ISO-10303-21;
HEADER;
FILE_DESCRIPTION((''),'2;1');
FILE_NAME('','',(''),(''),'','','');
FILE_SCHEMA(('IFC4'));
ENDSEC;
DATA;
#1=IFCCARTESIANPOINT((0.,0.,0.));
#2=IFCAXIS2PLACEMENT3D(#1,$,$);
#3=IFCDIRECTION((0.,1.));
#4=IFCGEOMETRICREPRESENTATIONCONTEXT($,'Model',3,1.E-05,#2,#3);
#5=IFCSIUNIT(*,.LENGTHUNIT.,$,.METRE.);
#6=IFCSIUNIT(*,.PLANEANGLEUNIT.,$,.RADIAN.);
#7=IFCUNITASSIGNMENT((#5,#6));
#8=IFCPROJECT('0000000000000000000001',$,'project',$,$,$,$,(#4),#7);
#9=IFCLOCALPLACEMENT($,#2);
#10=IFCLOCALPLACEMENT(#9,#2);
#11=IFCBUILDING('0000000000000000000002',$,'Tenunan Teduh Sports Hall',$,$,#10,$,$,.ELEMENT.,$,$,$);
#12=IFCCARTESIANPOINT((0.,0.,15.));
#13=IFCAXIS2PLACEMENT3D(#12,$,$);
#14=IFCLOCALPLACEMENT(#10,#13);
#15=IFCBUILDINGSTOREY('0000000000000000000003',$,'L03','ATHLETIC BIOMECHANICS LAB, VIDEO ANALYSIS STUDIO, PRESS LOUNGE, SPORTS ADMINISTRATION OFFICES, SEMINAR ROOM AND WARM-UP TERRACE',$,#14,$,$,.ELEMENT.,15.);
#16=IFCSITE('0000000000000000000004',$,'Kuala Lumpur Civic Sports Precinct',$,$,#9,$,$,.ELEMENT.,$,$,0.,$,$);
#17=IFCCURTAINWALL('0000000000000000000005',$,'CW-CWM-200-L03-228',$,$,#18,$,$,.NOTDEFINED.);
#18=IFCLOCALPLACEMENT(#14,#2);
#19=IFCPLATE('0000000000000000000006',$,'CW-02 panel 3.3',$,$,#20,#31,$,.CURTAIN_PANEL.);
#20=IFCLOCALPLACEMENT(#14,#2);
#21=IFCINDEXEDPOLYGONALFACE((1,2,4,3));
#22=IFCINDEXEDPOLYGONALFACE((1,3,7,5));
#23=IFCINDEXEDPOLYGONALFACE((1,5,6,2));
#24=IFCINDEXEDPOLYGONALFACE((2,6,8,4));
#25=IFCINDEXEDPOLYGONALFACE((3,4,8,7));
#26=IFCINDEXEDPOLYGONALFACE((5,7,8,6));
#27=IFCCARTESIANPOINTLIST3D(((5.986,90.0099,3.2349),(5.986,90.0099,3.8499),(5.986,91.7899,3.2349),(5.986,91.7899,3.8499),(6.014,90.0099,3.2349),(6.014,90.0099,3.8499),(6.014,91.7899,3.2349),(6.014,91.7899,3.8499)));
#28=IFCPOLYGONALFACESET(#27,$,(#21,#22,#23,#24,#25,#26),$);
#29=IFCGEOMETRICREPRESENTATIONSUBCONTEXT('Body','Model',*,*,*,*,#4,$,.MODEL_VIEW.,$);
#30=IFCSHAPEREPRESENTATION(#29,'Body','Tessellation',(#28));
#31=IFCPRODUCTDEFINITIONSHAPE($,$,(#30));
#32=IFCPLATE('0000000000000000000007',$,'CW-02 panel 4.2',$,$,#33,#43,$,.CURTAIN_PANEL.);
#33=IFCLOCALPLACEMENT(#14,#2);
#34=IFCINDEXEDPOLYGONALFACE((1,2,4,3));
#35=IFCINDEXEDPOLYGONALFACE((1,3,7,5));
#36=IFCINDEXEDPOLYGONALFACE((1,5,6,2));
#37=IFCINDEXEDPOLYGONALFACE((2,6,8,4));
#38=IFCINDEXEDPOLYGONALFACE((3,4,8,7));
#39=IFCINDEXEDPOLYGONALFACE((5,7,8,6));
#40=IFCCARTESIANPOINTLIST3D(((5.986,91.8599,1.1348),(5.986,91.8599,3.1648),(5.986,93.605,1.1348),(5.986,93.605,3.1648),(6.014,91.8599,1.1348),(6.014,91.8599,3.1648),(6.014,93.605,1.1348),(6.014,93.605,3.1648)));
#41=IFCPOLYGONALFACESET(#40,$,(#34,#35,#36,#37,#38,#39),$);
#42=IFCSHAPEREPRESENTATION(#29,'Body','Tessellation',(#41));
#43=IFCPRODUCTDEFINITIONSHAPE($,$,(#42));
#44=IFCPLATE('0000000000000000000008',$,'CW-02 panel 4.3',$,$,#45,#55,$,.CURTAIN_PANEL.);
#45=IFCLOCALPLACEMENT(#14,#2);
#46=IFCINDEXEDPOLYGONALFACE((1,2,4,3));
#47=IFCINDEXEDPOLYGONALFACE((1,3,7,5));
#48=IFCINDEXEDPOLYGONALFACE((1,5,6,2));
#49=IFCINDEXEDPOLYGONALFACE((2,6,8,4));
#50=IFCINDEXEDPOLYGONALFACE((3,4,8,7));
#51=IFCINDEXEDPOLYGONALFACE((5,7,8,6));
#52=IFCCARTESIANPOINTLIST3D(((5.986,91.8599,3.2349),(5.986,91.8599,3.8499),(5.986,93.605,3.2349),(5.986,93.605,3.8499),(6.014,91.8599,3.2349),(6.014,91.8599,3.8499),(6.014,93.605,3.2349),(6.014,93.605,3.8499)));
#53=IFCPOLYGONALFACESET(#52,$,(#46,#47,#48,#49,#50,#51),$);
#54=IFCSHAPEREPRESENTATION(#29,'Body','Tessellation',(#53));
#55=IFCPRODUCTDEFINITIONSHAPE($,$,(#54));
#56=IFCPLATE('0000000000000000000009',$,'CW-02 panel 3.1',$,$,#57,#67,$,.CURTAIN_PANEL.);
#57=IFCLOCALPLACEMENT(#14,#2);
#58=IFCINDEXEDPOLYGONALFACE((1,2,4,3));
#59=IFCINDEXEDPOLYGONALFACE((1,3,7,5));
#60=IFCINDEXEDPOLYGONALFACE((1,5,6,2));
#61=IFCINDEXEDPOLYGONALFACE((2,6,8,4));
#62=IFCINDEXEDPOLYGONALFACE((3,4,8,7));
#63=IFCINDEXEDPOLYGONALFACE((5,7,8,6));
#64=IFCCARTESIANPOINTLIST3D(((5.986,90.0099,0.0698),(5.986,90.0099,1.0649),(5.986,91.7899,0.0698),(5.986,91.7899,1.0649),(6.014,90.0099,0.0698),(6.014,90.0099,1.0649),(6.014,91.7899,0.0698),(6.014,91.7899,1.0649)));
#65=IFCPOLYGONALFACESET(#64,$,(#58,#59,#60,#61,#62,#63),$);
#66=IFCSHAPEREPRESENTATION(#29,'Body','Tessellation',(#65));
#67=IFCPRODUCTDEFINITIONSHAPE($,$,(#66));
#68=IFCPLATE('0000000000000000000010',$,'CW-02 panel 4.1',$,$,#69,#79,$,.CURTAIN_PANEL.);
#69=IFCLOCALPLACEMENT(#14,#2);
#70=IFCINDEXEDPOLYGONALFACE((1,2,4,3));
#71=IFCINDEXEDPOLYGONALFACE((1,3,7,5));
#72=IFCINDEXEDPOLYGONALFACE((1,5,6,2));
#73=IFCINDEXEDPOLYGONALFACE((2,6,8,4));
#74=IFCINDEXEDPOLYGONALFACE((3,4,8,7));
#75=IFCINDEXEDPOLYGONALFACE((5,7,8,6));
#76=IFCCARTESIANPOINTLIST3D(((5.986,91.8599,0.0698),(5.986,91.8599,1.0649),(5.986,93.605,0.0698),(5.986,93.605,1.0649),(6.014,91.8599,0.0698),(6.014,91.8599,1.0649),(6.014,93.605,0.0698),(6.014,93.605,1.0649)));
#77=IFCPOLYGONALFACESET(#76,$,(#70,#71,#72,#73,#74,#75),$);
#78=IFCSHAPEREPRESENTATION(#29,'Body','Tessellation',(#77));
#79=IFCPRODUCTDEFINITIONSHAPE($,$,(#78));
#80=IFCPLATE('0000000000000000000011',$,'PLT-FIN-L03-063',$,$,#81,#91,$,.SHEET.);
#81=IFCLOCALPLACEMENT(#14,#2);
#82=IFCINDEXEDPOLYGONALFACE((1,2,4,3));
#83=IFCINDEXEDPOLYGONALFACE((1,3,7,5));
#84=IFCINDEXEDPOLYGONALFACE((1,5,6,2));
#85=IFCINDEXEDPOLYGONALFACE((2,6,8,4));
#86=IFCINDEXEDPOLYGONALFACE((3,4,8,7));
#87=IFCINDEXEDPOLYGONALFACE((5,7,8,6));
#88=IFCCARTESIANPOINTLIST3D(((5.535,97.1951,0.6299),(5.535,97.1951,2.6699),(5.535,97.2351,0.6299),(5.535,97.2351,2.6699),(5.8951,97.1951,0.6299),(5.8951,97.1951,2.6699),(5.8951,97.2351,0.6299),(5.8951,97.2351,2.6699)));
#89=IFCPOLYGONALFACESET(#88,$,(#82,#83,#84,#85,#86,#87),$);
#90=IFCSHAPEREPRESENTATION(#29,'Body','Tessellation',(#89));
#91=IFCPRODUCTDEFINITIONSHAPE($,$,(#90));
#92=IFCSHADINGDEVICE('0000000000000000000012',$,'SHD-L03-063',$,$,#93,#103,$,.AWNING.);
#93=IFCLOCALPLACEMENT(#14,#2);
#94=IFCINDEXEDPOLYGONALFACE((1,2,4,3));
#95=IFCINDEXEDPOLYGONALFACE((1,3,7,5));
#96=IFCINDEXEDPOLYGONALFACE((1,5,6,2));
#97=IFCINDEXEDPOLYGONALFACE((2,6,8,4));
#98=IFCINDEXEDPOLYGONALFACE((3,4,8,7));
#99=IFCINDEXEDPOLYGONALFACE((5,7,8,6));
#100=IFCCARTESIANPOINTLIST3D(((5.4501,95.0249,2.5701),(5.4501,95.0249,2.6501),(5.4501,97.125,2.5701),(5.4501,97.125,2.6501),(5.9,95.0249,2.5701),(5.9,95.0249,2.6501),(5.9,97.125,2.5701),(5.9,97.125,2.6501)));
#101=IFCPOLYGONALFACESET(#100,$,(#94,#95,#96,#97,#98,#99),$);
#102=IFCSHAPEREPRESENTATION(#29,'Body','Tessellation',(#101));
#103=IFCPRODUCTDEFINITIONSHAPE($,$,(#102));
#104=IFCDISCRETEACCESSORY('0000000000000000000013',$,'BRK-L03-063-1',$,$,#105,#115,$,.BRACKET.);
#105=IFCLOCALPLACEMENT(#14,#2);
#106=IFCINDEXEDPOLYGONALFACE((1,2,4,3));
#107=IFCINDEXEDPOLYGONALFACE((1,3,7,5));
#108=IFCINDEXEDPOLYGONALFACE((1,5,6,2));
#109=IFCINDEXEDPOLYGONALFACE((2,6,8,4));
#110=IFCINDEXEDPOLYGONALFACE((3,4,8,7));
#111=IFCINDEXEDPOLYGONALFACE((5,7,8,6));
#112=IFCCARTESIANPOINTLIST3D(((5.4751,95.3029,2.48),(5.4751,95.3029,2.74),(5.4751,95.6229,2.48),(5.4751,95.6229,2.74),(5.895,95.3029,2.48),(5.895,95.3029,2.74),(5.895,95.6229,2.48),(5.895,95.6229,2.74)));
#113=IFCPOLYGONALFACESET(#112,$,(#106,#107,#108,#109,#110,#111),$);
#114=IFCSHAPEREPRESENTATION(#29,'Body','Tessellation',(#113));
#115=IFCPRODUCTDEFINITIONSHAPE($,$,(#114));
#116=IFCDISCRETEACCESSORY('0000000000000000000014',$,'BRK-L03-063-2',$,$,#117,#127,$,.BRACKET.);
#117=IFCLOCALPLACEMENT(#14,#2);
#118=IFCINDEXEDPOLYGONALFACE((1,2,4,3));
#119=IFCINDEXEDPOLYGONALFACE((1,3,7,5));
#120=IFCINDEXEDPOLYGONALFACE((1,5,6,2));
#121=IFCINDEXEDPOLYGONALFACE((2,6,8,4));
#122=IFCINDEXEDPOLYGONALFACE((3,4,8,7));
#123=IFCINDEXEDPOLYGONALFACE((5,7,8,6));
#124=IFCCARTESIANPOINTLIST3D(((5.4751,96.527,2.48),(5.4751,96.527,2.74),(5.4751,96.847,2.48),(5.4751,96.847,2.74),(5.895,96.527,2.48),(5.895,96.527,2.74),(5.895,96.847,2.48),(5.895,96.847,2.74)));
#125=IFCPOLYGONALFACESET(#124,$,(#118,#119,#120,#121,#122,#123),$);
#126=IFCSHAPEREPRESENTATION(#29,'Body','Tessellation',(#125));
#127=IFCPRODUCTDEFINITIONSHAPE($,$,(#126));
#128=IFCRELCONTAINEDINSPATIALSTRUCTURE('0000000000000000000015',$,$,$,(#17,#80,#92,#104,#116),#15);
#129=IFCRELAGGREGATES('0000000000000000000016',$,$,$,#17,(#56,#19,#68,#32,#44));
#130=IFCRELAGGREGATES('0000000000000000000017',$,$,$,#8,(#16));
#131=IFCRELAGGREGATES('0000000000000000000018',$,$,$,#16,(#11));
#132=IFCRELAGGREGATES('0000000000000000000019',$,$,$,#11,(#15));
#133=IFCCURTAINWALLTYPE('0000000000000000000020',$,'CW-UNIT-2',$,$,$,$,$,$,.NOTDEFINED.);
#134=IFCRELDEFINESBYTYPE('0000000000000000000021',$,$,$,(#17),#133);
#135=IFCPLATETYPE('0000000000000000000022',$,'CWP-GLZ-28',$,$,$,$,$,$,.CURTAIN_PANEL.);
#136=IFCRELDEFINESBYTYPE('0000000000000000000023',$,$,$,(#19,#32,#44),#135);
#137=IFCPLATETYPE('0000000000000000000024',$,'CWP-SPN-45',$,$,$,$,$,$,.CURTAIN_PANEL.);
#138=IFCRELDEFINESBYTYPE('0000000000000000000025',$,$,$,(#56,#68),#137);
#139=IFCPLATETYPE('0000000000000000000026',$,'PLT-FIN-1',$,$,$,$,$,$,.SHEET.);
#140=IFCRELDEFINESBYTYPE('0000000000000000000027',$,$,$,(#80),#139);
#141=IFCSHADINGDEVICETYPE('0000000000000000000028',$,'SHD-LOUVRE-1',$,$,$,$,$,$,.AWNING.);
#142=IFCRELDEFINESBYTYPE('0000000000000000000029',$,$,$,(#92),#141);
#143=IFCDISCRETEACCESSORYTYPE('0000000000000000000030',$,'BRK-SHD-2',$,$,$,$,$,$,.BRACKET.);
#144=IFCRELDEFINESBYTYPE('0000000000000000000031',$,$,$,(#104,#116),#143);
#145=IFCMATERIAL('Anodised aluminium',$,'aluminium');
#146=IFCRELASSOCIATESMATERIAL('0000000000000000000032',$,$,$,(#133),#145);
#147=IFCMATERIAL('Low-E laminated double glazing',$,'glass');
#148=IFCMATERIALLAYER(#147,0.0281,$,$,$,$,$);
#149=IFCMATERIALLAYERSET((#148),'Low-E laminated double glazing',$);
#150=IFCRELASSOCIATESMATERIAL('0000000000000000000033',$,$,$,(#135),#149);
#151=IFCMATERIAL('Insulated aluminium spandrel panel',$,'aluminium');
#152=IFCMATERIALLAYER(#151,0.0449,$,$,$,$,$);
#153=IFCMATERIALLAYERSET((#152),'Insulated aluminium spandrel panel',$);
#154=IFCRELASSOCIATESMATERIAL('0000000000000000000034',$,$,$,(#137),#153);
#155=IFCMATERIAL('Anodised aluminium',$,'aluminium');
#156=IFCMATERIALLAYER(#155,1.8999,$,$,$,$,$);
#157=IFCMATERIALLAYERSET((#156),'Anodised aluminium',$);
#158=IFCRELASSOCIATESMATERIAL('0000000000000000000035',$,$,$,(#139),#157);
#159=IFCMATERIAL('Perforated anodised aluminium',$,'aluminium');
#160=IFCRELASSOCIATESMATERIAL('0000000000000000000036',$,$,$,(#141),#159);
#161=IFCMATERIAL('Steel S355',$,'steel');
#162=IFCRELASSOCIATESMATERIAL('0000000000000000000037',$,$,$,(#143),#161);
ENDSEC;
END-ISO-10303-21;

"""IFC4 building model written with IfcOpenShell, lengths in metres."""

from ifc_helpers import new_model, si_unit, direction, frame, origin, origin_2d, place, context, subcontext, project, spatial, rectangle, extrude, material, layer, layer_set, type_object, element, aggregate, save


model = new_model("IFC4")

# Units and contexts
model_context = context("Model", 3, precision=1e-05, world=origin(), true_north=direction((0.0, 1.0)))
body_context = subcontext(model_context, "Body", "Model", "MODEL_VIEW")
ifc_project = project(units=[si_unit("LENGTHUNIT", "METRE"), si_unit("PLANEANGLEUNIT", "RADIAN")], contexts=[model_context])

# Site, building, storey
site_placement = place(None, origin())
site = spatial("IfcSite", under=ifc_project, at=site_placement, Name="Kuala Lumpur Civic Sports Precinct", CompositionType="ELEMENT", RefElevation=0.0)
building_placement = place(site_placement, origin())
building = spatial("IfcBuilding", under=site, at=building_placement, Name="Tenunan Teduh Sports Hall", CompositionType="ELEMENT")
storey_placement = place(building_placement, frame((0.0, 0.0, 15.0)))
storey = spatial("IfcBuildingStorey", under=building, at=storey_placement, Name="L03", Description="ATHLETIC BIOMECHANICS LAB, VIDEO ANALYSIS STUDIO, PRESS LOUNGE, SPORTS ADMINISTRATION OFFICES, SEMINAR ROOM AND WARM-UP TERRACE", CompositionType="ELEMENT", Elevation=15.0)

# Curtain wall
ifc_material_1 = material(Name="Anodised aluminium", Category="aluminium")
curtain_wall_type = type_object("IfcCurtainWallType", Name="CW-UNIT-2", PredefinedType="NOTDEFINED", material=ifc_material_1)
curtain_wall_placement = place(storey_placement, origin())
curtain_wall = element("IfcCurtainWall", 1, at=curtain_wall_placement, inside=storey, type_object=curtain_wall_type, Name="CW-CWM-200-L03-228", PredefinedType="NOTDEFINED")

# Plates
ifc_material_2 = material(Name="Low-E laminated double glazing", Category="glass")
ifc_layer_1 = layer(ifc_material_2, 0.0281)
ifc_layer_set_1 = layer_set([ifc_layer_1], Name="Low-E laminated double glazing")
plate_type_1 = type_object("IfcPlateType", Name="CWP-GLZ-28", PredefinedType="CURTAIN_PANEL", material=ifc_layer_set_1)
plate_1_placement = place(storey_placement, frame((6.0, 90.8999, 3.2349), z_axis=(0.0, 0.0, 1.0), x_axis=(0.0, 1.0, 0.0)))
plate_1 = element("IfcPlate", 2, at=plate_1_placement, type_object=plate_type_1, Name="CW-02 panel 3.3", PredefinedType="CURTAIN_PANEL", context=body_context, shape_type="SweptSolid", body=[
    extrude(rectangle(XDim=1.78, YDim=0.0281, at=origin_2d()), origin(), (0.0, 0.0, 1.0), 0.615),
])
plate_2_placement = place(storey_placement, frame((6.0, 92.7324, 1.1348), z_axis=(0.0, 0.0, 1.0), x_axis=(0.0, 1.0, 0.0)))
plate_2 = element("IfcPlate", 3, at=plate_2_placement, type_object=plate_type_1, Name="CW-02 panel 4.2", PredefinedType="CURTAIN_PANEL", context=body_context, shape_type="SweptSolid", body=[
    extrude(rectangle(XDim=1.7451, YDim=0.0281, at=origin_2d()), origin(), (0.0, 0.0, 1.0), 2.03),
])
plate_3_placement = place(storey_placement, frame((6.0, 92.7324, 3.2349), z_axis=(0.0, 0.0, 1.0), x_axis=(0.0, 1.0, 0.0)))
plate_3 = element("IfcPlate", 4, at=plate_3_placement, type_object=plate_type_1, Name="CW-02 panel 4.3", PredefinedType="CURTAIN_PANEL", context=body_context, shape_type="SweptSolid", body=[
    extrude(rectangle(XDim=1.7451, YDim=0.0281, at=origin_2d()), origin(), (0.0, 0.0, 1.0), 0.615),
])
ifc_material_3 = material(Name="Insulated aluminium spandrel panel", Category="aluminium")
ifc_layer_2 = layer(ifc_material_3, 0.0449)
ifc_layer_set_2 = layer_set([ifc_layer_2], Name="Insulated aluminium spandrel panel")
plate_type_2 = type_object("IfcPlateType", Name="CWP-SPN-45", PredefinedType="CURTAIN_PANEL", material=ifc_layer_set_2)
plate_4_placement = place(storey_placement, frame((6.0, 90.8999, 0.0698), z_axis=(0.0, 0.0, 1.0), x_axis=(0.0, 1.0, 0.0)))
plate_4 = element("IfcPlate", 5, at=plate_4_placement, type_object=plate_type_2, Name="CW-02 panel 3.1", PredefinedType="CURTAIN_PANEL", context=body_context, shape_type="SweptSolid", body=[
    extrude(rectangle(XDim=1.78, YDim=0.0281, at=origin_2d()), origin(), (0.0, 0.0, 1.0), 0.9951),
])
plate_5_placement = place(storey_placement, frame((6.0, 92.7324, 0.0698), z_axis=(0.0, 0.0, 1.0), x_axis=(0.0, 1.0, 0.0)))
plate_5 = element("IfcPlate", 6, at=plate_5_placement, type_object=plate_type_2, Name="CW-02 panel 4.1", PredefinedType="CURTAIN_PANEL", context=body_context, shape_type="SweptSolid", body=[
    extrude(rectangle(XDim=1.7451, YDim=0.0281, at=origin_2d()), origin(), (0.0, 0.0, 1.0), 0.9951),
])
aggregate(curtain_wall, [plate_4, plate_1, plate_5, plate_2, plate_3])
ifc_material_4 = material(Name="Anodised aluminium", Category="aluminium")
ifc_layer_3 = layer(ifc_material_4, 1.8999)
ifc_layer_set_3 = layer_set([ifc_layer_3], Name="Anodised aluminium")
plate_type_3 = type_object("IfcPlateType", Name="PLT-FIN-1", PredefinedType="SHEET", material=ifc_layer_set_3)
plate_6_placement = place(storey_placement, frame((5.7151, 97.2151, 0.6299), z_axis=(0.0, 0.0, 1.0), x_axis=(0.0, 1.0, 0.0)))
element("IfcPlate", 7, at=plate_6_placement, inside=storey, type_object=plate_type_3, Name="PLT-FIN-L03-063", PredefinedType="SHEET", context=body_context, shape_type="SweptSolid", body=[
    extrude(rectangle(XDim=0.04, YDim=0.3601, at=origin_2d()), origin(), (0.0, 0.0, 1.0), 2.04),
])

# Shading device
ifc_material_5 = material(Name="Perforated anodised aluminium", Category="aluminium")
shading_device_type = type_object("IfcShadingDeviceType", Name="SHD-LOUVRE-1", PredefinedType="AWNING", material=ifc_material_5)
shading_device_placement = place(storey_placement, frame((5.675, 96.075, 2.5701), z_axis=(0.0, 0.0, 1.0), x_axis=(0.0, 1.0, 0.0)))
element("IfcShadingDevice", 8, at=shading_device_placement, inside=storey, type_object=shading_device_type, Name="SHD-L03-063", PredefinedType="AWNING", context=body_context, shape_type="SweptSolid", body=[
    extrude(rectangle(XDim=2.1001, YDim=0.45, at=origin_2d()), origin(), (0.0, 0.0, 1.0), 0.0801),
])

# Discrete accessories
ifc_material_6 = material(Name="Steel S355", Category="steel")
discrete_accessory_type = type_object("IfcDiscreteAccessoryType", Name="BRK-SHD-2", PredefinedType="BRACKET", material=ifc_material_6)
for number, where, z_axis, x_axis, name in (
    (9, (5.6851, 95.4629, 2.48), (0.0, 0.0, 1.0), (0.0, 1.0, 0.0), "BRK-L03-063-1"),
    (10, (5.6851, 96.687, 2.48), (0.0, 0.0, 1.0), (0.0, 1.0, 0.0), "BRK-L03-063-2"),
):
    element("IfcDiscreteAccessory", number, at=place(storey_placement, frame(where, z_axis=z_axis, x_axis=x_axis)), inside=storey, type_object=discrete_accessory_type, Name=name, PredefinedType="BRACKET", context=body_context, shape_type="SweptSolid", body=[
        extrude(rectangle(XDim=0.3201, YDim=0.4199, at=origin_2d()), origin(), (0.0, 0.0, 1.0), 0.26),
    ])

save(model, "model.ifc")
